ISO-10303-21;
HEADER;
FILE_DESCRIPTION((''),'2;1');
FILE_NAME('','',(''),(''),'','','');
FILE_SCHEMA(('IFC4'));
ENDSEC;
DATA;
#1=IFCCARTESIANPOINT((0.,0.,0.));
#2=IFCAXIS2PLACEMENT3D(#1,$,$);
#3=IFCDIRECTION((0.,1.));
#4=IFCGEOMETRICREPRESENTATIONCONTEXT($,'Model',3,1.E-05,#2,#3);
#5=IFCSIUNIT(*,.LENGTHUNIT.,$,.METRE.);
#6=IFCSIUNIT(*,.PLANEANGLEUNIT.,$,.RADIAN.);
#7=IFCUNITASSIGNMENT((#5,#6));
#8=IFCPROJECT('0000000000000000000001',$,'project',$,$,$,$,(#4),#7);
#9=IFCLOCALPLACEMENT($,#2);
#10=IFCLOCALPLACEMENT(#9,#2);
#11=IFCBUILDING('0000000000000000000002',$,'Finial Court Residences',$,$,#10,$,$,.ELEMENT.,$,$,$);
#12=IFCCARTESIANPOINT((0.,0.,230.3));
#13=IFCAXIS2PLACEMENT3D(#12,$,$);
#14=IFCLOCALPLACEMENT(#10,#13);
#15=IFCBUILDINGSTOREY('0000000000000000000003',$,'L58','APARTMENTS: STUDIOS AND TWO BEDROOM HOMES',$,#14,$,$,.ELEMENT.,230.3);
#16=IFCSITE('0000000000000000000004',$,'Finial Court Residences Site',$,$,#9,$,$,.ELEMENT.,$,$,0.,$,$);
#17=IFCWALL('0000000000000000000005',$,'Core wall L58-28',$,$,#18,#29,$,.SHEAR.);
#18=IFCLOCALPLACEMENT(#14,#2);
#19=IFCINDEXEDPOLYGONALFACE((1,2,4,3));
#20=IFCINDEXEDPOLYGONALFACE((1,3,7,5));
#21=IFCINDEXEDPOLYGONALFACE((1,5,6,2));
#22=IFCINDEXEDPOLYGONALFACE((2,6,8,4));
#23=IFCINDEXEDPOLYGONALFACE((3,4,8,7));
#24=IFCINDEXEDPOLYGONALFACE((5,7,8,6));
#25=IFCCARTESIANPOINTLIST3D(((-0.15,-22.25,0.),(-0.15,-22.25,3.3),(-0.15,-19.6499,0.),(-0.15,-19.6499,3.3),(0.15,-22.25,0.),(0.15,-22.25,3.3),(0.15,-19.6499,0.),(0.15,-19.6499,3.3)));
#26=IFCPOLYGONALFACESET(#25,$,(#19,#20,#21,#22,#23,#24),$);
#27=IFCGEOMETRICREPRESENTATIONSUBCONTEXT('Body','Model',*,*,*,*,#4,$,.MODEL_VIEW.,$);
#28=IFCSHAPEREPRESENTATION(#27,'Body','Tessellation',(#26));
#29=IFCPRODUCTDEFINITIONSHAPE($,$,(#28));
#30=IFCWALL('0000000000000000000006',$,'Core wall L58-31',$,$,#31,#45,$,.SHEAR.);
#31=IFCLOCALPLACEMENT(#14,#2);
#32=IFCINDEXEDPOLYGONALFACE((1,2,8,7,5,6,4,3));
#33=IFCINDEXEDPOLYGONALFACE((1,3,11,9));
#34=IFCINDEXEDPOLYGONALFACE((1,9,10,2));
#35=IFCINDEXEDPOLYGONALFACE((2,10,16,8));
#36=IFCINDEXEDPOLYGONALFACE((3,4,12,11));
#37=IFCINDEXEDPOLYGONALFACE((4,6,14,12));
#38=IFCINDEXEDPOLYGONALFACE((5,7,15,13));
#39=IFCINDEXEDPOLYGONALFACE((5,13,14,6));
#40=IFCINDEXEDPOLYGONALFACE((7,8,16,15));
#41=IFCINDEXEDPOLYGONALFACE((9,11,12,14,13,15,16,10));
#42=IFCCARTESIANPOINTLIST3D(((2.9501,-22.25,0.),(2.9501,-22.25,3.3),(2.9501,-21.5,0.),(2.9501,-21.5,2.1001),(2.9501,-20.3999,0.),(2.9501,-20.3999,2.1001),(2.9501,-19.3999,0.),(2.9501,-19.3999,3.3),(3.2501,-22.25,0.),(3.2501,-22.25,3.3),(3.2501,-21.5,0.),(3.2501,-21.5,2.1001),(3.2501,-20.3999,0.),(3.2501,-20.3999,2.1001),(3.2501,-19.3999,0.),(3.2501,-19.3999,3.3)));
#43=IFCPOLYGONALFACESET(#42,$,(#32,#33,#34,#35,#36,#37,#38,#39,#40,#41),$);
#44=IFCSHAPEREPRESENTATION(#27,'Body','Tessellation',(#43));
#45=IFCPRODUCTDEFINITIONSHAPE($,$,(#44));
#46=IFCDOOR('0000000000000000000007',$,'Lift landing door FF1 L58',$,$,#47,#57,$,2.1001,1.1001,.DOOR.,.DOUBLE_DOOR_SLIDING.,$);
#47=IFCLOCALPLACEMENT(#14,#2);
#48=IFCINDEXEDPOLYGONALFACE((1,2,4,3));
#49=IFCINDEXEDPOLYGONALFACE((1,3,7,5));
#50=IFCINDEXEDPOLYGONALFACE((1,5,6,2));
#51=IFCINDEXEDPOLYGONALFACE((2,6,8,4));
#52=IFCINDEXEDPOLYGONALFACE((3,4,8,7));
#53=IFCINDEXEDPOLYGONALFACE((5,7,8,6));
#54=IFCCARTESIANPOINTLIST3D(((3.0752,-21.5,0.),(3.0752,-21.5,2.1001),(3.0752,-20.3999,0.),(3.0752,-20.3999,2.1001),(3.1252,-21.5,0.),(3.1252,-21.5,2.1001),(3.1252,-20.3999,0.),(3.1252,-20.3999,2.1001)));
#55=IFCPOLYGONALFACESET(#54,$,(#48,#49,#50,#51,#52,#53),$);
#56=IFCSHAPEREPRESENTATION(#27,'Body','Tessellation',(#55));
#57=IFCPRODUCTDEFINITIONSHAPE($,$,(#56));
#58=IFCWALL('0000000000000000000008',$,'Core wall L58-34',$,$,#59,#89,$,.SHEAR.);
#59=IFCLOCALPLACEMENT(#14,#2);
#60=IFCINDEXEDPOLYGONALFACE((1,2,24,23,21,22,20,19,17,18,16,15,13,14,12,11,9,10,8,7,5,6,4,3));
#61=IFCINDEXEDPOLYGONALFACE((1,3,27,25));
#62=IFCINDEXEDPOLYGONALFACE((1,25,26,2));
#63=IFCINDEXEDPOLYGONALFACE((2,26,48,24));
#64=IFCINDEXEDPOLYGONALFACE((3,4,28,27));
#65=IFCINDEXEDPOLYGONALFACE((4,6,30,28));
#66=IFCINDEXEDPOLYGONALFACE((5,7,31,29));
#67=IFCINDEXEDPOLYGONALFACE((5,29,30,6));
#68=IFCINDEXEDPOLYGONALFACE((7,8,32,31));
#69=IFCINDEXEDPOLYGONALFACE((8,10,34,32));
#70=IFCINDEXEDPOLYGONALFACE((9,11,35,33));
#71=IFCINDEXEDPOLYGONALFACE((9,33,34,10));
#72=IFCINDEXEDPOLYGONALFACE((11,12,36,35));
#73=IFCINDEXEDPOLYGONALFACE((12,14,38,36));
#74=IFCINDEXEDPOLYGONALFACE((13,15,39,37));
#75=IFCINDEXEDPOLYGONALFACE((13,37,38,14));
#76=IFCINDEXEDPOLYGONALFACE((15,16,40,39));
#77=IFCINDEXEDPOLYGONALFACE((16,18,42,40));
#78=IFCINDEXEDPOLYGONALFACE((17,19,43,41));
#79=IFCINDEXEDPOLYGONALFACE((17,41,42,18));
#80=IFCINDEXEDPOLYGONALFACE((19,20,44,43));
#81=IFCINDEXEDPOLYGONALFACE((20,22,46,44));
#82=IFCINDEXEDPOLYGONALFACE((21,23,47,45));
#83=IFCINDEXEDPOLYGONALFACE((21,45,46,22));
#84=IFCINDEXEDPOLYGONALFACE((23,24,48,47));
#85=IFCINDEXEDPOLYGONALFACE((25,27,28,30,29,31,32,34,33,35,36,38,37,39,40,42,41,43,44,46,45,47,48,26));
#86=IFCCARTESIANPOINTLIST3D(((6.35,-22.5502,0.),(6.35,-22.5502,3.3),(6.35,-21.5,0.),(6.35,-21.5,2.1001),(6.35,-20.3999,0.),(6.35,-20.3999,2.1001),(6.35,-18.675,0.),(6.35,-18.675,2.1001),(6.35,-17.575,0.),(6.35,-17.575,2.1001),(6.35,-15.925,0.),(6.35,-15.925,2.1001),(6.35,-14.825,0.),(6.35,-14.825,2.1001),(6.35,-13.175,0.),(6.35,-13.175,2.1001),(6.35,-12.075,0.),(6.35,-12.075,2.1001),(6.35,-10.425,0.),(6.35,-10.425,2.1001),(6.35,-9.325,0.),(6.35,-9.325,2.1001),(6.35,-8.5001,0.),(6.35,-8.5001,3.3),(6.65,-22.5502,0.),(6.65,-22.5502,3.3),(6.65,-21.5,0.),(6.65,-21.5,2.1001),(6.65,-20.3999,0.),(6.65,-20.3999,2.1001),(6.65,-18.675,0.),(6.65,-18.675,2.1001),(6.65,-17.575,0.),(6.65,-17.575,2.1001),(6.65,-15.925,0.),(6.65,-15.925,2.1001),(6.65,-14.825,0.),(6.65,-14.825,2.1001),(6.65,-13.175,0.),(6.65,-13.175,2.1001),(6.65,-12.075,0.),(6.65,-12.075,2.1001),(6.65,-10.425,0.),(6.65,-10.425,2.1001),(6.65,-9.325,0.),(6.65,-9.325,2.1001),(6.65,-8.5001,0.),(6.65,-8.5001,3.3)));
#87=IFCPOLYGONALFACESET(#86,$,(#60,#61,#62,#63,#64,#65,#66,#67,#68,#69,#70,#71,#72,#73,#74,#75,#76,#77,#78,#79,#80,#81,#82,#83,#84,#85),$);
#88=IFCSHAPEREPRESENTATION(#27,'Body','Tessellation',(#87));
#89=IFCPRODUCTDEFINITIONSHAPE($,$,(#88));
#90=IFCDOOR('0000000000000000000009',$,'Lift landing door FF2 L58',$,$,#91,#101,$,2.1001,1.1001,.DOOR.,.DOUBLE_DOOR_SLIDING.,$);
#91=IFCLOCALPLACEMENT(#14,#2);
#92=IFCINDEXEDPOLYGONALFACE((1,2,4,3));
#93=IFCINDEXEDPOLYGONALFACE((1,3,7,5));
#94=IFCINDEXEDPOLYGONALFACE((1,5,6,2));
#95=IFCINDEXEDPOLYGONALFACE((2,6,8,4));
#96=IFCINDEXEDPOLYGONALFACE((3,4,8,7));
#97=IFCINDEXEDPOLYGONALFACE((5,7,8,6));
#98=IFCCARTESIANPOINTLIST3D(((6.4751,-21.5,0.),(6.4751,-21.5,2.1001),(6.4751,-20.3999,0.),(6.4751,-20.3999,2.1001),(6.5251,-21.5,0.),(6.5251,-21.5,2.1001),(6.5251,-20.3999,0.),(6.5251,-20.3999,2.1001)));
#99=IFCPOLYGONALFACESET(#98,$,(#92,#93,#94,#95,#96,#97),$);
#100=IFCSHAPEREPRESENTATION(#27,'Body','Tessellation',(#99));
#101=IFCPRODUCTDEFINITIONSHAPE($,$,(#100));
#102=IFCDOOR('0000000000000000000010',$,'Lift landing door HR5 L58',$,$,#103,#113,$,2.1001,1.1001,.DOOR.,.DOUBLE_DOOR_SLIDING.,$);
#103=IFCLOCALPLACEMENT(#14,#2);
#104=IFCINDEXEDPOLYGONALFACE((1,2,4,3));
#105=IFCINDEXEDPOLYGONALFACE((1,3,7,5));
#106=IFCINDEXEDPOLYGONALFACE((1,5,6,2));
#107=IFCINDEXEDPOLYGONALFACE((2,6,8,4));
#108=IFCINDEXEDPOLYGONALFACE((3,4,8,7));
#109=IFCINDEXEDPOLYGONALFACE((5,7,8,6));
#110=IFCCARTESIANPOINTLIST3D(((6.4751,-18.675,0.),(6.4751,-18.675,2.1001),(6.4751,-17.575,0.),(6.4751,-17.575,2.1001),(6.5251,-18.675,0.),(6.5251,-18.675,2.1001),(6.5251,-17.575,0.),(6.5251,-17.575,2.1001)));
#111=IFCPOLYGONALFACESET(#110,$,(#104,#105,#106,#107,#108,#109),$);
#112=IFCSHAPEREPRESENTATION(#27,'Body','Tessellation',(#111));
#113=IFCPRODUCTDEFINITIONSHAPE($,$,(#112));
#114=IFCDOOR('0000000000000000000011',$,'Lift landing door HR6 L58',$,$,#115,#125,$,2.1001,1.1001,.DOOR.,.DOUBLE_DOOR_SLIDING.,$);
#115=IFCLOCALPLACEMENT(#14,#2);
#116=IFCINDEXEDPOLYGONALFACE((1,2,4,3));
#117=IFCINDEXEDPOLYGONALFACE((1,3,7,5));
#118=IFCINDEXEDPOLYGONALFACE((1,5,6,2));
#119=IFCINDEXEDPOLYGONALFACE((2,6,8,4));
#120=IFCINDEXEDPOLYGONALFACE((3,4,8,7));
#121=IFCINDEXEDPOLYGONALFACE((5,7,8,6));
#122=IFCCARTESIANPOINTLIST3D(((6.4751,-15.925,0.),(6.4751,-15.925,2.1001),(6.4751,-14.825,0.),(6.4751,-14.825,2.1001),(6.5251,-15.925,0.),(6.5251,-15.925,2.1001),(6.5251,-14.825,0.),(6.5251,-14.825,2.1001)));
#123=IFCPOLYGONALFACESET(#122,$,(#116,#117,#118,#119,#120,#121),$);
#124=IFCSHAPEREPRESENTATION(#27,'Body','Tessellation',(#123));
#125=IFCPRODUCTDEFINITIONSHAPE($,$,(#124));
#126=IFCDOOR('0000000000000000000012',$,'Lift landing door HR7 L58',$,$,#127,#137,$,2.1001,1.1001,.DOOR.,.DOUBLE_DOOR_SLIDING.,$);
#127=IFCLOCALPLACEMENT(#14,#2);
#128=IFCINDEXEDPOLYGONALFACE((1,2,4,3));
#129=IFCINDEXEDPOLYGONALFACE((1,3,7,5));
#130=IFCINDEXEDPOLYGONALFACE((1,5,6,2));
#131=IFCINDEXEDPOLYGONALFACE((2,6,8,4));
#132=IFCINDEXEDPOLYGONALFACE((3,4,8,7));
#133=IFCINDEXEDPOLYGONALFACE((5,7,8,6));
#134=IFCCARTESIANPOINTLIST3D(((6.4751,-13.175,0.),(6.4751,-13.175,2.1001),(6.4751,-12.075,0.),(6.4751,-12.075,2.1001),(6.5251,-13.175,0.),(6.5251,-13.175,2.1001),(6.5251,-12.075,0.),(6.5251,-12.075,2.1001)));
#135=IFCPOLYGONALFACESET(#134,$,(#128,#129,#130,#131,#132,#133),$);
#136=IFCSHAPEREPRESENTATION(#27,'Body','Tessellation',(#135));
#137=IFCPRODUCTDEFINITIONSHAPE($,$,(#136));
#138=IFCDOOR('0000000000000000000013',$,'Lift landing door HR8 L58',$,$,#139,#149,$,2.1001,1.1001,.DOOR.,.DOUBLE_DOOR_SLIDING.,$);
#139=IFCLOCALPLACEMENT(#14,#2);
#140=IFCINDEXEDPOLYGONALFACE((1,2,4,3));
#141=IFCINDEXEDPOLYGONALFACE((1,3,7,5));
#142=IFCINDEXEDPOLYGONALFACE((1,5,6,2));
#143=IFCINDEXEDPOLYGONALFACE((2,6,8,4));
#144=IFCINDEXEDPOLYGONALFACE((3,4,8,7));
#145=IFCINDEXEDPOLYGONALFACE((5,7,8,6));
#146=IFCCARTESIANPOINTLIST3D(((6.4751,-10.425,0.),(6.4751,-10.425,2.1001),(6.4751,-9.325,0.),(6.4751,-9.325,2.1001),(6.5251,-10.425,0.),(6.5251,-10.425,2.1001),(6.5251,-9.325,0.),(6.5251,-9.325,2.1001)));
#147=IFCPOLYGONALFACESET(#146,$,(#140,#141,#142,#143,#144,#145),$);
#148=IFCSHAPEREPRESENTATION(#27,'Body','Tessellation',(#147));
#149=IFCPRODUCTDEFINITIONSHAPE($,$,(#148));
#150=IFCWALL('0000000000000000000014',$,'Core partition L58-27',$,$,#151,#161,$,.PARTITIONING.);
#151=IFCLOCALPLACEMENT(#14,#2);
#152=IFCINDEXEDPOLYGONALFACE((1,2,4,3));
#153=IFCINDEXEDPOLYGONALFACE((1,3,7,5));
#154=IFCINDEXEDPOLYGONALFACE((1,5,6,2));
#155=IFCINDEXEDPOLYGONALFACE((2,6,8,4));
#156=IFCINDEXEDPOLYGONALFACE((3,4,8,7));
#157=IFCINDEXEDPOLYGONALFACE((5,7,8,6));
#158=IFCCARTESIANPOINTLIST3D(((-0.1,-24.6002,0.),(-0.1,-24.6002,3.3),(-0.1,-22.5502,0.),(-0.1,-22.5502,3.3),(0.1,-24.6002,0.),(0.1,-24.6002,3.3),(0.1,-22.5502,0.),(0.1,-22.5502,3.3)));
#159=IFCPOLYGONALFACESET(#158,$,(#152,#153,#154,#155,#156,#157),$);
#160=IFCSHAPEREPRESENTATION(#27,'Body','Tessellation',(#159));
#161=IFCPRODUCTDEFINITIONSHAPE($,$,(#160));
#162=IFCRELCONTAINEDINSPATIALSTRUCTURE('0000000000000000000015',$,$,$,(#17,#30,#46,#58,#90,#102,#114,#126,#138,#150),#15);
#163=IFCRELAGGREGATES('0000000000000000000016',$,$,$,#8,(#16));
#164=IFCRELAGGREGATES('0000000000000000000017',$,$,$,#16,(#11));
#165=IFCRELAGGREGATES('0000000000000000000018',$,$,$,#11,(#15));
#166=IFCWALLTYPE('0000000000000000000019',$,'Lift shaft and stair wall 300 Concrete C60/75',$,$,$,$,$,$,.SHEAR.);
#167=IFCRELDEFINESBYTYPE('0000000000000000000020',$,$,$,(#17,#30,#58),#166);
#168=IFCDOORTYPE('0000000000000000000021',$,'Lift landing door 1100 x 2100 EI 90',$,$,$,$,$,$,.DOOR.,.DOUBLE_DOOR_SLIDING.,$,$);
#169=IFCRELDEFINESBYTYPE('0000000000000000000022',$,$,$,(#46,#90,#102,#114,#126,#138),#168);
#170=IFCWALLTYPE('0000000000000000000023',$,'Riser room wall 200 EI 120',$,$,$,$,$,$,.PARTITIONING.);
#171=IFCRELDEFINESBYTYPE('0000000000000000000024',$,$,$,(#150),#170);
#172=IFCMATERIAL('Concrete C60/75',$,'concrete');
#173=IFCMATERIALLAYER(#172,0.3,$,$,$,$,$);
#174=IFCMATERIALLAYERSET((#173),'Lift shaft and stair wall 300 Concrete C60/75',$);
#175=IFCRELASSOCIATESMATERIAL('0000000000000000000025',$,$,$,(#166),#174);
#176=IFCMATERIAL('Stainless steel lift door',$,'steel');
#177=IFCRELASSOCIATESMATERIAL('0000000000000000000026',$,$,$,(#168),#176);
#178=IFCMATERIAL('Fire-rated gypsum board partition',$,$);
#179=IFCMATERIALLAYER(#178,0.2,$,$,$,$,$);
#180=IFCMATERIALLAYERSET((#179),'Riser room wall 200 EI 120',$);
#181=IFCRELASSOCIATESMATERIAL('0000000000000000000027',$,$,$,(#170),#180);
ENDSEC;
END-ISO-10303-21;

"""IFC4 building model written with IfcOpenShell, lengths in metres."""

from ifc_helpers import new_model, si_unit, direction, frame, frame_2d, origin, place, context, subcontext, project, spatial, rectangle, extrude, material, layer, layer_set, type_object, element, fill, save


model = new_model("IFC4")

# Units and contexts
model_context = context("Model", 3, precision=1e-05, world=origin(), true_north=direction((0.0, 1.0)))
body_context = subcontext(model_context, "Body", "Model", "MODEL_VIEW")
ifc_project = project(units=[si_unit("LENGTHUNIT", "METRE"), si_unit("PLANEANGLEUNIT", "RADIAN")], contexts=[model_context])

# Site, building, storey
site_placement = place(None, origin())
site = spatial("IfcSite", under=ifc_project, at=site_placement, Name="Finial Court Residences Site", CompositionType="ELEMENT", RefElevation=0.0)
building_placement = place(site_placement, origin())
building = spatial("IfcBuilding", under=site, at=building_placement, Name="Finial Court Residences", CompositionType="ELEMENT")
storey_placement = place(building_placement, frame((0.0, 0.0, 230.3)))
storey = spatial("IfcBuildingStorey", under=building, at=storey_placement, Name="L58", Description="APARTMENTS: STUDIOS AND TWO BEDROOM HOMES", CompositionType="ELEMENT", Elevation=230.3)

# Shared definitions
ifc_material_1 = material(Name="Fire-rated gypsum board partition")

# Wall
ifc_material_2 = material(Name="Concrete C60/75", Category="concrete")
ifc_layer_1 = layer(ifc_material_2, 0.3)
ifc_layer_set_1 = layer_set([ifc_layer_1], Name="Lift shaft and stair wall 300 Concrete C60/75")
wall_type_1 = type_object("IfcWallType", Name="Lift shaft and stair wall 300 Concrete C60/75", PredefinedType="SHEAR", material=ifc_layer_set_1)
wall_1_placement = place(storey_placement, frame((0.0, -22.25, 0.0), z_axis=(0.0, 0.0, 1.0), x_axis=(0.0, 1.0, 0.0)))
element("IfcWall", 1, at=wall_1_placement, inside=storey, type_object=wall_type_1, Name="Core wall L58-28", PredefinedType="SHEAR", context=body_context, shape_type="SweptSolid", body=[
    extrude(rectangle(XDim=2.6001, YDim=0.3, at=frame_2d((1.3, 0.0))), origin(), (0.0, 0.0, 1.0), 3.3),
])

# Wall, opening, door
wall_2_placement = place(storey_placement, frame((3.1001, -22.25, 0.0), z_axis=(0.0, 0.0, 1.0), x_axis=(0.0, 1.0, 0.0)))
wall_2 = element("IfcWall", 2, at=wall_2_placement, inside=storey, type_object=wall_type_1, Name="Core wall L58-31", PredefinedType="SHEAR", context=body_context, shape_type="SweptSolid", body=[
    extrude(rectangle(XDim=2.8501, YDim=0.3, at=frame_2d((1.425, 0.0))), origin(), (0.0, 0.0, 1.0), 3.3),
])
opening_1_placement = place(wall_2_placement, frame((0.75, 0.0, 0.0)))
opening_1 = element("IfcOpeningElement", 3, at=opening_1_placement, cuts=wall_2, PredefinedType="OPENING", context=body_context, shape_type="SweptSolid", body=[
    extrude(rectangle(XDim=1.1001, YDim=2.1001, at=frame_2d((0.55, 1.05))), frame((0.0, 0.1599, 0.0), z_axis=(0.0, -1.0, 0.0), x_axis=(1.0, 0.0, 0.0)), (0.0, 0.0, 1.0), 0.3201),
])
ifc_material_3 = material(Name="Stainless steel lift door", Category="steel")
door_type_1 = type_object("IfcDoorType", Name="Lift landing door 1100 x 2100 EI 90", OperationType="DOUBLE_DOOR_SLIDING", PredefinedType="DOOR", material=ifc_material_3)
door_1_placement = place(opening_1_placement, origin())
door_1 = element("IfcDoor", 4, at=door_1_placement, inside=storey, type_object=door_type_1, Name="Lift landing door FF1 L58", OperationType="DOUBLE_DOOR_SLIDING", OverallHeight=2.1001, OverallWidth=1.1001, PredefinedType="DOOR", context=body_context, shape_type="SweptSolid", body=[
    extrude(rectangle(XDim=1.1001, YDim=2.1001, at=frame_2d((0.55, 1.05))), frame((0.0, 0.0249, 0.0), z_axis=(0.0, -1.0, 0.0), x_axis=(1.0, 0.0, 0.0)), (0.0, 0.0, 1.0), 0.05),
])
fill(opening_1, door_1)

# Wall, openings, doors
wall_3_placement = place(storey_placement, frame((6.5, -22.55, 0.0), z_axis=(0.0, 0.0, 1.0), x_axis=(0.0, 1.0, 0.0)))
wall_3 = element("IfcWall", 5, at=wall_3_placement, inside=storey, type_object=wall_type_1, Name="Core wall L58-34", PredefinedType="SHEAR", context=body_context, shape_type="SweptSolid", body=[
    extrude(rectangle(XDim=14.05, YDim=0.3, at=frame_2d((7.0249, 0.0))), origin(), (0.0, 0.0, 1.0), 3.3),
])
opening_2_placement = place(wall_3_placement, frame((1.05, 0.0, 0.0)))
opening_2 = element("IfcOpeningElement", 6, at=opening_2_placement, cuts=wall_3, PredefinedType="OPENING", context=body_context, shape_type="SweptSolid", body=[
    extrude(rectangle(XDim=1.1001, YDim=2.1001, at=frame_2d((0.55, 1.05))), frame((0.0, 0.1599, 0.0), z_axis=(0.0, -1.0, 0.0), x_axis=(1.0, 0.0, 0.0)), (0.0, 0.0, 1.0), 0.3201),
])
opening_3_placement = place(wall_3_placement, frame((3.875, 0.0, 0.0)))
opening_3 = element("IfcOpeningElement", 7, at=opening_3_placement, cuts=wall_3, PredefinedType="OPENING", context=body_context, shape_type="SweptSolid", body=[
    extrude(rectangle(XDim=1.1001, YDim=2.1001, at=frame_2d((0.55, 1.05))), frame((0.0, 0.1599, 0.0), z_axis=(0.0, -1.0, 0.0), x_axis=(1.0, 0.0, 0.0)), (0.0, 0.0, 1.0), 0.3201),
])
opening_4_placement = place(wall_3_placement, frame((6.625, 0.0, 0.0)))
opening_4 = element("IfcOpeningElement", 8, at=opening_4_placement, cuts=wall_3, PredefinedType="OPENING", context=body_context, shape_type="SweptSolid", body=[
    extrude(rectangle(XDim=1.1001, YDim=2.1001, at=frame_2d((0.55, 1.05))), frame((0.0, 0.1599, 0.0), z_axis=(0.0, -1.0, 0.0), x_axis=(1.0, 0.0, 0.0)), (0.0, 0.0, 1.0), 0.3201),
])
opening_5_placement = place(wall_3_placement, frame((9.375, 0.0, 0.0)))
opening_5 = element("IfcOpeningElement", 9, at=opening_5_placement, cuts=wall_3, PredefinedType="OPENING", context=body_context, shape_type="SweptSolid", body=[
    extrude(rectangle(XDim=1.1001, YDim=2.1001, at=frame_2d((0.55, 1.05))), frame((0.0, 0.1599, 0.0), z_axis=(0.0, -1.0, 0.0), x_axis=(1.0, 0.0, 0.0)), (0.0, 0.0, 1.0), 0.3201),
])
opening_6_placement = place(wall_3_placement, frame((12.125, 0.0, 0.0)))
opening_6 = element("IfcOpeningElement", 10, at=opening_6_placement, cuts=wall_3, PredefinedType="OPENING", context=body_context, shape_type="SweptSolid", body=[
    extrude(rectangle(XDim=1.1001, YDim=2.1001, at=frame_2d((0.55, 1.05))), frame((0.0, 0.1599, 0.0), z_axis=(0.0, -1.0, 0.0), x_axis=(1.0, 0.0, 0.0)), (0.0, 0.0, 1.0), 0.3201),
])
door_2_placement = place(opening_2_placement, origin())
door_2 = element("IfcDoor", 11, at=door_2_placement, inside=storey, type_object=door_type_1, Name="Lift landing door FF2 L58", OperationType="DOUBLE_DOOR_SLIDING", OverallHeight=2.1001, OverallWidth=1.1001, PredefinedType="DOOR", context=body_context, shape_type="SweptSolid", body=[
    extrude(rectangle(XDim=1.1001, YDim=2.1001, at=frame_2d((0.55, 1.05))), frame((0.0, 0.0249, 0.0), z_axis=(0.0, -1.0, 0.0), x_axis=(1.0, 0.0, 0.0)), (0.0, 0.0, 1.0), 0.05),
])
fill(opening_2, door_2)
door_3_placement = place(opening_3_placement, origin())
door_3 = element("IfcDoor", 12, at=door_3_placement, inside=storey, type_object=door_type_1, Name="Lift landing door HR5 L58", OperationType="DOUBLE_DOOR_SLIDING", OverallHeight=2.1001, OverallWidth=1.1001, PredefinedType="DOOR", context=body_context, shape_type="SweptSolid", body=[
    extrude(rectangle(XDim=1.1001, YDim=2.1001, at=frame_2d((0.55, 1.05))), frame((0.0, 0.0249, 0.0), z_axis=(0.0, -1.0, 0.0), x_axis=(1.0, 0.0, 0.0)), (0.0, 0.0, 1.0), 0.05),
])
fill(opening_3, door_3)
door_4_placement = place(opening_4_placement, origin())
door_4 = element("IfcDoor", 13, at=door_4_placement, inside=storey, type_object=door_type_1, Name="Lift landing door HR6 L58", OperationType="DOUBLE_DOOR_SLIDING", OverallHeight=2.1001, OverallWidth=1.1001, PredefinedType="DOOR", context=body_context, shape_type="SweptSolid", body=[
    extrude(rectangle(XDim=1.1001, YDim=2.1001, at=frame_2d((0.55, 1.05))), frame((0.0, 0.0249, 0.0), z_axis=(0.0, -1.0, 0.0), x_axis=(1.0, 0.0, 0.0)), (0.0, 0.0, 1.0), 0.05),
])
fill(opening_4, door_4)
door_5_placement = place(opening_5_placement, origin())
door_5 = element("IfcDoor", 14, at=door_5_placement, inside=storey, type_object=door_type_1, Name="Lift landing door HR7 L58", OperationType="DOUBLE_DOOR_SLIDING", OverallHeight=2.1001, OverallWidth=1.1001, PredefinedType="DOOR", context=body_context, shape_type="SweptSolid", body=[
    extrude(rectangle(XDim=1.1001, YDim=2.1001, at=frame_2d((0.55, 1.05))), frame((0.0, 0.0249, 0.0), z_axis=(0.0, -1.0, 0.0), x_axis=(1.0, 0.0, 0.0)), (0.0, 0.0, 1.0), 0.05),
])
fill(opening_5, door_5)
door_6_placement = place(opening_6_placement, origin())
door_6 = element("IfcDoor", 15, at=door_6_placement, inside=storey, type_object=door_type_1, Name="Lift landing door HR8 L58", OperationType="DOUBLE_DOOR_SLIDING", OverallHeight=2.1001, OverallWidth=1.1001, PredefinedType="DOOR", context=body_context, shape_type="SweptSolid", body=[
    extrude(rectangle(XDim=1.1001, YDim=2.1001, at=frame_2d((0.55, 1.05))), frame((0.0, 0.0249, 0.0), z_axis=(0.0, -1.0, 0.0), x_axis=(1.0, 0.0, 0.0)), (0.0, 0.0, 1.0), 0.05),
])
fill(opening_6, door_6)

# Wall
ifc_layer_2 = layer(ifc_material_1, 0.2)
ifc_layer_set_2 = layer_set([ifc_layer_2], Name="Riser room wall 200 EI 120")
wall_type_2 = type_object("IfcWallType", Name="Riser room wall 200 EI 120", PredefinedType="PARTITIONING", material=ifc_layer_set_2)
wall_4_placement = place(storey_placement, frame((0.0, -24.6001, 0.0), z_axis=(0.0, 0.0, 1.0), x_axis=(0.0, 1.0, 0.0)))
element("IfcWall", 16, at=wall_4_placement, inside=storey, type_object=wall_type_2, Name="Core partition L58-27", PredefinedType="PARTITIONING", context=body_context, shape_type="SweptSolid", body=[
    extrude(rectangle(XDim=2.05, YDim=0.2, at=frame_2d((1.0249, 0.0))), origin(), (0.0, 0.0, 1.0), 3.3),
])

save(model, "model.ifc")
